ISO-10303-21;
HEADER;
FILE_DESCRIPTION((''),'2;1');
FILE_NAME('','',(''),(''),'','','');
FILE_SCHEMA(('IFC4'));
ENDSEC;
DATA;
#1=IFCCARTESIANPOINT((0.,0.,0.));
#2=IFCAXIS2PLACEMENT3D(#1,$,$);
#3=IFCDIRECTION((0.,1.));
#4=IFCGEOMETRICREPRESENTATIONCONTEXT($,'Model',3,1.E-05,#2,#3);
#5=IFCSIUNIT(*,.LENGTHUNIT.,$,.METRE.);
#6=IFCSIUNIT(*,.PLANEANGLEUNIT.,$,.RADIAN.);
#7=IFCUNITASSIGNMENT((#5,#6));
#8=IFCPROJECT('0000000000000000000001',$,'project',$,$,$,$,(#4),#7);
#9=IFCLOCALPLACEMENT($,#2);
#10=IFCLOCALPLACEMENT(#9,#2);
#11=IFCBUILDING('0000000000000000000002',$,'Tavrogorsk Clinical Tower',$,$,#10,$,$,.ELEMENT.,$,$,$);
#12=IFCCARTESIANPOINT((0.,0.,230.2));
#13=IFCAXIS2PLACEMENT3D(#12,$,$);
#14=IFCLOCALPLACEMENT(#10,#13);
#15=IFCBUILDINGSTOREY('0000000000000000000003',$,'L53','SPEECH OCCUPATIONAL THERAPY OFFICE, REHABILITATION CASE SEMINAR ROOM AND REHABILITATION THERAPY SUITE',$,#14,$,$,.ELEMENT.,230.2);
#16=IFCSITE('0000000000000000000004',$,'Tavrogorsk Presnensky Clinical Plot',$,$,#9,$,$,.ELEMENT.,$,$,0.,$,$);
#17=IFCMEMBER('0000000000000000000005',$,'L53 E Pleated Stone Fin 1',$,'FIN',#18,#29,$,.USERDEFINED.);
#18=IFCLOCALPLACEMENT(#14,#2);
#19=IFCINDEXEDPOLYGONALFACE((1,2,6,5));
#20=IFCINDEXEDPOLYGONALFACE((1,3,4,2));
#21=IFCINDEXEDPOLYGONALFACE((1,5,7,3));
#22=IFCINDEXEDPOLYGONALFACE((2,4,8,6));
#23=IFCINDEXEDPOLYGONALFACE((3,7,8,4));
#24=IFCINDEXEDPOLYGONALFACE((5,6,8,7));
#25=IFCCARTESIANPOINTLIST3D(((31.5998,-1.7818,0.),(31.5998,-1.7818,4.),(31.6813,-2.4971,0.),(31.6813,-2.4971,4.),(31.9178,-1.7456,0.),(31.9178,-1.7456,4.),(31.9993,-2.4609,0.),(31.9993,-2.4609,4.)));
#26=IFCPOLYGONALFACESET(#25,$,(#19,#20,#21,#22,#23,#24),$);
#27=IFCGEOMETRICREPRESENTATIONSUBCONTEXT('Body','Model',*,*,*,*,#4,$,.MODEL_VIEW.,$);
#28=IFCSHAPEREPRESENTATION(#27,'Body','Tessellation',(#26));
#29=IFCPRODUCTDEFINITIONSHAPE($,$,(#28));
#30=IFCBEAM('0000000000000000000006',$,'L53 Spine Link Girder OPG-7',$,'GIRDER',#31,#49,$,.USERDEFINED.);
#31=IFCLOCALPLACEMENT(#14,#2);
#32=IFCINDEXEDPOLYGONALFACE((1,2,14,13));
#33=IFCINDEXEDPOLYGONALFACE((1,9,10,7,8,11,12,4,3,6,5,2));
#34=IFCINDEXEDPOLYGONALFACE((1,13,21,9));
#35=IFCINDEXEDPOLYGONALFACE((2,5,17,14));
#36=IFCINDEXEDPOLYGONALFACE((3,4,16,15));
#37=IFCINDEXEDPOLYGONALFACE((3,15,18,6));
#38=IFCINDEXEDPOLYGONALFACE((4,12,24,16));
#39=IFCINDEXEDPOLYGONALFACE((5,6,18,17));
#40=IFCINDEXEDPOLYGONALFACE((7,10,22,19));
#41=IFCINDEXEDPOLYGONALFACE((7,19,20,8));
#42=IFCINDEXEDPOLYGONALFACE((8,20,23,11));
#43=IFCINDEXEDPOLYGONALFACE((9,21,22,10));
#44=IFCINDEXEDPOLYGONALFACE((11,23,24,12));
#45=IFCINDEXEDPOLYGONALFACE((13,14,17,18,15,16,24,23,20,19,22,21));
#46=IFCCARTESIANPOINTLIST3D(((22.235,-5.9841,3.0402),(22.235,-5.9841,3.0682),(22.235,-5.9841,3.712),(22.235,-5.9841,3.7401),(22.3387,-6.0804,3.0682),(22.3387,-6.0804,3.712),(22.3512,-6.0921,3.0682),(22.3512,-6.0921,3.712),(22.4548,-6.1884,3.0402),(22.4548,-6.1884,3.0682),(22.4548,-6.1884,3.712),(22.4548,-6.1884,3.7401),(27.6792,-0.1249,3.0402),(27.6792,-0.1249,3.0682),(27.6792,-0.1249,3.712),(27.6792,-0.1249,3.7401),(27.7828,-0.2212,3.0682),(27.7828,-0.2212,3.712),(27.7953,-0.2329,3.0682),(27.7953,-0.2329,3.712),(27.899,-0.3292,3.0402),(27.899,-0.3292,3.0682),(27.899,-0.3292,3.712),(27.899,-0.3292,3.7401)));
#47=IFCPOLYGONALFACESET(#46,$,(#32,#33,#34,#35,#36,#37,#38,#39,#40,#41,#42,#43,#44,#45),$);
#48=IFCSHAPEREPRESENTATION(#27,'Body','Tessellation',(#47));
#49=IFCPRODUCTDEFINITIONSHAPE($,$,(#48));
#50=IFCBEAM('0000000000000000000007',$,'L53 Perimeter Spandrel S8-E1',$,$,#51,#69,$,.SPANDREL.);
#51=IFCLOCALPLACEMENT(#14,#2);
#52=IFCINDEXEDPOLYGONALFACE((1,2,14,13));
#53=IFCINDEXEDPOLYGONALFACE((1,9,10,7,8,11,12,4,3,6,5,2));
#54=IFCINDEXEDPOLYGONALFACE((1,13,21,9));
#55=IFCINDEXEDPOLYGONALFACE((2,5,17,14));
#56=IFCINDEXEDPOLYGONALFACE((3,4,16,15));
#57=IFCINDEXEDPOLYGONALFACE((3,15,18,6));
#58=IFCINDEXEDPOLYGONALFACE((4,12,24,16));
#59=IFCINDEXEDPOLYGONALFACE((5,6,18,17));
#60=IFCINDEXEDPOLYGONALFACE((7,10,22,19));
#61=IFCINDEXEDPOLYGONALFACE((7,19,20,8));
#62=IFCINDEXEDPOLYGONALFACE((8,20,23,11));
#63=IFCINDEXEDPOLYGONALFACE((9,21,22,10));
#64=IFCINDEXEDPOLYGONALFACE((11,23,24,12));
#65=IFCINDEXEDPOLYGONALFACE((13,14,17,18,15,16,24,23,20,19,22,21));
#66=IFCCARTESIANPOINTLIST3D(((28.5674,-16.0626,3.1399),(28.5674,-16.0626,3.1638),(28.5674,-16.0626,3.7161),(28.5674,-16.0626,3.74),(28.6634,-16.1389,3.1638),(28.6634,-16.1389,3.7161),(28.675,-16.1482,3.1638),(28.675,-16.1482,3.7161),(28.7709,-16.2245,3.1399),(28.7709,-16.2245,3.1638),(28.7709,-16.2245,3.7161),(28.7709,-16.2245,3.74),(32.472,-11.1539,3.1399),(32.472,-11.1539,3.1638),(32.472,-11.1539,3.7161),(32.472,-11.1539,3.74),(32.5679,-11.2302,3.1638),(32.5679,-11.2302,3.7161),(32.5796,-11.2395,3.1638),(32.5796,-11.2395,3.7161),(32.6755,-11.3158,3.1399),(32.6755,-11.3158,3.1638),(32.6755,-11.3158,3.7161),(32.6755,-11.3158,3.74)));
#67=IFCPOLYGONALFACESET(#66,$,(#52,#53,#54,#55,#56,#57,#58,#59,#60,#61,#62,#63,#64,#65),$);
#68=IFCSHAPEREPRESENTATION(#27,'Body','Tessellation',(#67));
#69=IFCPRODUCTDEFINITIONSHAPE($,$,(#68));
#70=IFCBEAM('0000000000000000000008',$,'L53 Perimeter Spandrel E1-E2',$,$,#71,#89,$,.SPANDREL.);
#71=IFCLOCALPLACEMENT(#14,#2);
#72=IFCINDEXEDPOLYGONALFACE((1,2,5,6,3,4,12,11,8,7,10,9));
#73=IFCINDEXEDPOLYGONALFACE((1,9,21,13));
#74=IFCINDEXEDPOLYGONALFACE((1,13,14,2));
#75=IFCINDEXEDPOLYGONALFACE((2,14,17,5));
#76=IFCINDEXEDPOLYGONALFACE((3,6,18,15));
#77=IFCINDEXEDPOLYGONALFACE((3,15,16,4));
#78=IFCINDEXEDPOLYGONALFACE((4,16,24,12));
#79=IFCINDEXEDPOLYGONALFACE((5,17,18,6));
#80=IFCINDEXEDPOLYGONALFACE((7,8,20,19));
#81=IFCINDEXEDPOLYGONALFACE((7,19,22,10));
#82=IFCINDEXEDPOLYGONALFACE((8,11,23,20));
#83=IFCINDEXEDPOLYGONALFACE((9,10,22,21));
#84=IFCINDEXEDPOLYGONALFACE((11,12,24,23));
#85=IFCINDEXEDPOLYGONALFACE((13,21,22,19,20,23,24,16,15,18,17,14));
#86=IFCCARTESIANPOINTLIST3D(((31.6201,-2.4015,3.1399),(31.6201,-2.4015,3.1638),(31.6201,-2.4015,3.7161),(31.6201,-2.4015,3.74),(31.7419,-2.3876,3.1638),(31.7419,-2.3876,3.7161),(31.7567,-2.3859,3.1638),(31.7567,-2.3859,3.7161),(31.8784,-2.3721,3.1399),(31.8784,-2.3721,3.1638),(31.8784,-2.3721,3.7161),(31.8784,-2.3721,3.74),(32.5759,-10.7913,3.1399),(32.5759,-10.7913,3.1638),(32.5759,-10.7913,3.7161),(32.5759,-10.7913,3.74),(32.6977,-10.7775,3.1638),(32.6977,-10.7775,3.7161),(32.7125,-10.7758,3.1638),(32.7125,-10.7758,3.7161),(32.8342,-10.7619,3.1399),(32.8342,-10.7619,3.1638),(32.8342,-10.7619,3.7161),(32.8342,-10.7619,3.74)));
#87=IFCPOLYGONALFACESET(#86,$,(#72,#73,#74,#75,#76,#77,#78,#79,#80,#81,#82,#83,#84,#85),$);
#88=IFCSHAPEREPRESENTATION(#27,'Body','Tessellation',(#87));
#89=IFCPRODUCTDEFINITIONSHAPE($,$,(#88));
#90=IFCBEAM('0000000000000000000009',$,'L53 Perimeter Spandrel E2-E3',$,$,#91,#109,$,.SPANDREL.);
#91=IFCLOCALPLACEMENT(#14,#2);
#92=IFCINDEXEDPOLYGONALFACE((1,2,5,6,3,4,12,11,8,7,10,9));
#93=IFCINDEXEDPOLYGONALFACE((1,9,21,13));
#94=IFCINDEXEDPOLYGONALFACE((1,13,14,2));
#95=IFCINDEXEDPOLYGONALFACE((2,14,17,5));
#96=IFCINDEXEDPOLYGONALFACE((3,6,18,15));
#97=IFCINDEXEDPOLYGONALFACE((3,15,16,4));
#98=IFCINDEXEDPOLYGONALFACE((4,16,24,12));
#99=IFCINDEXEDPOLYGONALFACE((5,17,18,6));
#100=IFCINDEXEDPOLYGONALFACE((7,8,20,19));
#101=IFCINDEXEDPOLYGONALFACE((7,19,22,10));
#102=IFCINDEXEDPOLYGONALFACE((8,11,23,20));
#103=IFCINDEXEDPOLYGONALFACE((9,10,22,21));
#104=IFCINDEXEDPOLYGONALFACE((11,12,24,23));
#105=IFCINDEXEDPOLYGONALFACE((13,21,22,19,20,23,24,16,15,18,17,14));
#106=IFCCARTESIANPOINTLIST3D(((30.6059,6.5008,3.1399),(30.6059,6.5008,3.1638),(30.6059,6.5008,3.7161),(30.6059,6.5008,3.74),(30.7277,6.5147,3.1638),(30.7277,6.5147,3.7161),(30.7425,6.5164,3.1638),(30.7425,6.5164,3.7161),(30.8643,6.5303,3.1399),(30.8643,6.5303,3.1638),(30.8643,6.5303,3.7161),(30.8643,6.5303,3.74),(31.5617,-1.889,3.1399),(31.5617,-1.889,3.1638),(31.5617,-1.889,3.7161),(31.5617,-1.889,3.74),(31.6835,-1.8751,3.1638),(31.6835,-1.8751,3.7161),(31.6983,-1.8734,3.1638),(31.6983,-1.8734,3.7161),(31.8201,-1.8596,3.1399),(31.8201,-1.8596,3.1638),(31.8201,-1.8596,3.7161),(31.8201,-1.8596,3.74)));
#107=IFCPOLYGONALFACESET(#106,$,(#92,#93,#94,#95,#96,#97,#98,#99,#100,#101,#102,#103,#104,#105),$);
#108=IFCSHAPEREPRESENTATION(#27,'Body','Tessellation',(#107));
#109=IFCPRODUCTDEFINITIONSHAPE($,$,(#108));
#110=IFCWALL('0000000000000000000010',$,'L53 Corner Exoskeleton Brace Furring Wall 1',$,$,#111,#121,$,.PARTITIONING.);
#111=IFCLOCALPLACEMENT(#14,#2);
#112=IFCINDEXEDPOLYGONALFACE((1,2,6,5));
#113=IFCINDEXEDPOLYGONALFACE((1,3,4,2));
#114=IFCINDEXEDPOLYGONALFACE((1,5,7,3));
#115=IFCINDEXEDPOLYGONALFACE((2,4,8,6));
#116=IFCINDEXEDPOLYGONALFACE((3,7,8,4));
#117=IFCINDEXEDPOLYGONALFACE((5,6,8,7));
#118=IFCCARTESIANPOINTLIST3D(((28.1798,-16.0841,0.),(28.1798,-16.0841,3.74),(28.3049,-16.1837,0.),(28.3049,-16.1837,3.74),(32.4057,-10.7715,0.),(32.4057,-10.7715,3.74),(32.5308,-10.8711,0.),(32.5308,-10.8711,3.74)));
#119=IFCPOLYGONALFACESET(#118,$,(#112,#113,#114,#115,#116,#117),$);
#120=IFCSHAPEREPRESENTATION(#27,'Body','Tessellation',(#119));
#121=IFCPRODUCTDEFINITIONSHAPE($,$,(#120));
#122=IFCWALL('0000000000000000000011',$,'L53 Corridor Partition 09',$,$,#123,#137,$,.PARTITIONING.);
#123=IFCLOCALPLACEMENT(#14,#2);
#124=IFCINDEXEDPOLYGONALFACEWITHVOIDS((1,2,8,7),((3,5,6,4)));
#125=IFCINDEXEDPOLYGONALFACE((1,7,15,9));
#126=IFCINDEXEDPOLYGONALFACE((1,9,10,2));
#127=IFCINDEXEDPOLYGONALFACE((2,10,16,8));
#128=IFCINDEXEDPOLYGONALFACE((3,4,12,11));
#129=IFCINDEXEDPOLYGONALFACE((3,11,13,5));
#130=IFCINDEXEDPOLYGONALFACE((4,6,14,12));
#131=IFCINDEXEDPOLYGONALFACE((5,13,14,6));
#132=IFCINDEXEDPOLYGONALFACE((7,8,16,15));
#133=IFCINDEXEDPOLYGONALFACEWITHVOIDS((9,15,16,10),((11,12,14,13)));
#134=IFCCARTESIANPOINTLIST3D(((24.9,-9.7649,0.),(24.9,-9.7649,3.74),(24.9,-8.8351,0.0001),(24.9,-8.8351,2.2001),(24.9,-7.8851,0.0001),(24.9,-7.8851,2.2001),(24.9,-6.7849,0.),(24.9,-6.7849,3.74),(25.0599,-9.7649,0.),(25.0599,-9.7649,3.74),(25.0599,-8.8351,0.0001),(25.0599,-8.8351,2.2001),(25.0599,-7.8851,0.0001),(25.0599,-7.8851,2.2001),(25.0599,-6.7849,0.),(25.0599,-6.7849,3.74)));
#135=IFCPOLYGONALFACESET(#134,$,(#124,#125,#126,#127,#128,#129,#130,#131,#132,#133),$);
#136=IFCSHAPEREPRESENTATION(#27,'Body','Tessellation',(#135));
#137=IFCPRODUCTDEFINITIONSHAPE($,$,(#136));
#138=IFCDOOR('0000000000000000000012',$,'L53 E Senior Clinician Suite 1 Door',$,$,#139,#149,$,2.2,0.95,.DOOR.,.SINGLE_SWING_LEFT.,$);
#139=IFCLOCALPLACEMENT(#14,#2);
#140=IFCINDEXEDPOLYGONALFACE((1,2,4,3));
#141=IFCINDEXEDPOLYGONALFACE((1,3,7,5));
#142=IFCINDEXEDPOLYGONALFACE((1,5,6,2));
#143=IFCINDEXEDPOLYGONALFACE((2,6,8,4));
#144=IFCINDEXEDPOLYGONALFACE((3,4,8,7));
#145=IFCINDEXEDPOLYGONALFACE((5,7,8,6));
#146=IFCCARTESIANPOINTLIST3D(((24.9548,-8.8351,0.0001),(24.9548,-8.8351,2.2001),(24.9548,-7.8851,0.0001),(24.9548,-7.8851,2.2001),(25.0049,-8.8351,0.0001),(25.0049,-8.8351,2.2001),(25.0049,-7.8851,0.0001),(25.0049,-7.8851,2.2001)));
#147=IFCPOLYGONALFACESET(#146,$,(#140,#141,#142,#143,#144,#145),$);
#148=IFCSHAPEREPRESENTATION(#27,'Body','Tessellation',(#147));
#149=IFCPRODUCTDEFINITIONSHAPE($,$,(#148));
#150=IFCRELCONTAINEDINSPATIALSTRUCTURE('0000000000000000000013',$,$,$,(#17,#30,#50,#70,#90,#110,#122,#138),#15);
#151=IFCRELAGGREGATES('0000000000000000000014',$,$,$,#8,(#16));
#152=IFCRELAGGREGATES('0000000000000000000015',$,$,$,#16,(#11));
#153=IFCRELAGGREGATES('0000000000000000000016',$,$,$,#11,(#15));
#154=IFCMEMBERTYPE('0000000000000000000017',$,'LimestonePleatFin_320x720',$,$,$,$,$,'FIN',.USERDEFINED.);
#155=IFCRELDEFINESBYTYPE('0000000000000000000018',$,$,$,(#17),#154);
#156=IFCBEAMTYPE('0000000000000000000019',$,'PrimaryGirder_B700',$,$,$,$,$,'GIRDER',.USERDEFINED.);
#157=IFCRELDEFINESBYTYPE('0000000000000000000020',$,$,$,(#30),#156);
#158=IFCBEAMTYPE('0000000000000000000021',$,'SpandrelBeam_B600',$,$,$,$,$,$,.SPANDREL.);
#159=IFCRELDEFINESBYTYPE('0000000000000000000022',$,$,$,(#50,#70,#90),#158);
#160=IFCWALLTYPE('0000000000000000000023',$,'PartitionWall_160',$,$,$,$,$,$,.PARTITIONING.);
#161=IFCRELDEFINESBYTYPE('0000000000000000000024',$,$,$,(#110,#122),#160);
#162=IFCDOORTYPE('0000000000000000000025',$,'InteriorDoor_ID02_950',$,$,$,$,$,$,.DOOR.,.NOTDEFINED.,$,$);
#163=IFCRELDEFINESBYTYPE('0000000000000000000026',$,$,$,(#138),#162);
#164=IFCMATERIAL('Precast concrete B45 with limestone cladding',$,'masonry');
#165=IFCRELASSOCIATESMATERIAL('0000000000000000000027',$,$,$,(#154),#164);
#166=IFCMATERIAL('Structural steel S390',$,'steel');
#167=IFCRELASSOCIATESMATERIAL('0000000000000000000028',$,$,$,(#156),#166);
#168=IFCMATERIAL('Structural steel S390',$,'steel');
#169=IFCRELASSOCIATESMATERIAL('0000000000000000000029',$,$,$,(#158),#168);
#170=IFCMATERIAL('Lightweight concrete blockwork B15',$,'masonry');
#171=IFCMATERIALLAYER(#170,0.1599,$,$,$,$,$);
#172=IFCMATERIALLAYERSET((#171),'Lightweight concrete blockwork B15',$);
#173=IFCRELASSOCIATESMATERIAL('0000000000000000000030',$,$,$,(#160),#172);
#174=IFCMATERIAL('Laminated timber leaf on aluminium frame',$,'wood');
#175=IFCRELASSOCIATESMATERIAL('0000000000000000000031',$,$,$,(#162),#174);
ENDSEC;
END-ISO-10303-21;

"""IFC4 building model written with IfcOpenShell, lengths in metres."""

from ifc_helpers import new_model, si_unit, direction, frame, frame_2d, origin, origin_2d, place, context, subcontext, project, spatial, rectangle, i_section, extrude, material, layer, layer_set, material_profile, profile_set, type_object, element, fill, save


model = new_model("IFC4")

# Units and contexts
model_context = context("Model", 3, precision=1e-05, world=origin(), true_north=direction((0.0, 1.0)))
body_context = subcontext(model_context, "Body", "Model", "MODEL_VIEW")
ifc_project = project(units=[si_unit("LENGTHUNIT", "METRE"), si_unit("PLANEANGLEUNIT", "RADIAN")], contexts=[model_context])

# Site, building, storey
site_placement = place(None, origin())
site = spatial("IfcSite", under=ifc_project, at=site_placement, Name="Tavrogorsk Presnensky Clinical Plot", CompositionType="ELEMENT", RefElevation=0.0)
building_placement = place(site_placement, origin())
building = spatial("IfcBuilding", under=site, at=building_placement, Name="Tavrogorsk Clinical Tower", CompositionType="ELEMENT")
storey_placement = place(building_placement, frame((0.0, 0.0, 230.2)))
storey = spatial("IfcBuildingStorey", under=building, at=storey_placement, Name="L53", Description="SPEECH OCCUPATIONAL THERAPY OFFICE, REHABILITATION CASE SEMINAR ROOM AND REHABILITATION THERAPY SUITE", CompositionType="ELEMENT", Elevation=230.2)

# Member
ifc_material_1 = material(Name="Precast concrete B45 with limestone cladding", Category="masonry")
ifc_material_profile_1 = material_profile(ifc_material_1, rectangle(XDim=0.3201, YDim=0.72, at=origin_2d()), Name="LIMESTONE-FIN-320x720")
ifc_profile_set_1 = profile_set([ifc_material_profile_1], Name="Precast concrete B45 with limestone cladding")
member_type_1 = type_object("IfcMemberType", Name="LimestonePleatFin_320x720", ElementType="FIN", PredefinedType="USERDEFINED", material=ifc_profile_set_1)
member_1_placement = place(storey_placement, frame((31.7996, -2.1213, 0.0), z_axis=(0.0, 0.0, 1.0), x_axis=(0.993572, 0.113203, 0.0)))
element("IfcMember", 1, at=member_1_placement, inside=storey, type_object=member_type_1, Name="L53 E Pleated Stone Fin 1", ObjectType="FIN", PredefinedType="USERDEFINED", context=body_context, shape_type="SweptSolid", body=[
    extrude(rectangle(XDim=0.3201, YDim=0.72, at=origin_2d()), origin(), (0.0, 0.0, 1.0), 4.0),
])

# Beams
ifc_material_2 = material(Name="Structural steel S390", Category="steel")
ifc_material_profile_2 = material_profile(ifc_material_2, i_section(OverallWidth=0.3, OverallDepth=0.7, WebThickness=0.0171, FlangeThickness=0.0281, at=origin_2d()), Name="B-700x300x17x28")
ifc_profile_set_2 = profile_set([ifc_material_profile_2], Name="Structural steel S390")
beam_type_1 = type_object("IfcBeamType", Name="PrimaryGirder_B700", ElementType="GIRDER", PredefinedType="USERDEFINED", material=ifc_profile_set_2)
beam_1_placement = place(storey_placement, frame((27.7891, -0.2271, 3.3901), z_axis=(-0.680684, -0.732577, 0.0), x_axis=(0.732577, -0.680684, 0.0)))
element("IfcBeam", 2, at=beam_1_placement, inside=storey, type_object=beam_type_1, Name="L53 Spine Link Girder OPG-7", ObjectType="GIRDER", PredefinedType="USERDEFINED", context=body_context, shape_type="SweptSolid", body=[
    extrude(i_section(OverallWidth=0.3, OverallDepth=0.7, WebThickness=0.0171, FlangeThickness=0.0281, at=origin_2d()), origin(), (0.0, 0.0, 1.0), 7.998),
])
ifc_material_3 = material(Name="Structural steel S390", Category="steel")
ifc_material_profile_3 = material_profile(ifc_material_3, i_section(OverallWidth=0.26, OverallDepth=0.6001, WebThickness=0.0149, FlangeThickness=0.0239, at=origin_2d()), Name="B-600x260x15x24")
ifc_profile_set_3 = profile_set([ifc_material_profile_3], Name="Structural steel S390")
beam_type_2 = type_object("IfcBeamType", Name="SpandrelBeam_B600", PredefinedType="SPANDREL", material=ifc_profile_set_3)
beam_2_placement = place(storey_placement, frame((28.6692, -16.1436, 3.4399), z_axis=(0.622514, 0.782609, 0.0), x_axis=(-0.782609, 0.622514, 0.0)))
element("IfcBeam", 3, at=beam_2_placement, inside=storey, type_object=beam_type_2, Name="L53 Perimeter Spandrel S8-E1", PredefinedType="SPANDREL", context=body_context, shape_type="SweptSolid", body=[
    extrude(i_section(OverallWidth=0.26, OverallDepth=0.6001, WebThickness=0.0149, FlangeThickness=0.0239, at=origin_2d()), origin(), (0.0, 0.0, 1.0), 6.2722),
])
for number, where, z_axis, x_axis, name in (
    (4, (32.7051, -10.7766, 3.4399), (-0.113192, 0.993573, 0.0), (-0.993573, -0.113192, 0.0), "L53 Perimeter Spandrel E1-E2"),
    (5, (31.6909, -1.8743, 3.4399), (-0.113192, 0.993573, 0.0), (-0.993573, -0.113192, 0.0), "L53 Perimeter Spandrel E2-E3"),
):
    element("IfcBeam", number, at=place(storey_placement, frame(where, z_axis=z_axis, x_axis=x_axis)), inside=storey, type_object=beam_type_2, Name=name, PredefinedType="SPANDREL", context=body_context, shape_type="SweptSolid", body=[
        extrude(i_section(OverallWidth=0.26, OverallDepth=0.6001, WebThickness=0.0149, FlangeThickness=0.0239, at=origin_2d()), origin(), (0.0, 0.0, 1.0), 8.4441),
    ])

# Wall
ifc_material_4 = material(Name="Lightweight concrete blockwork B15", Category="masonry")
ifc_layer_1 = layer(ifc_material_4, 0.1599)
ifc_layer_set_1 = layer_set([ifc_layer_1], Name="Lightweight concrete blockwork B15")
wall_type_1 = type_object("IfcWallType", Name="PartitionWall_160", PredefinedType="PARTITIONING", material=ifc_layer_set_1)
wall_1_placement = place(storey_placement, frame((28.2424, -16.1338, 0.0), z_axis=(0.0, 0.0, 1.0), x_axis=(0.622522, 0.782603, 0.0)))
element("IfcWall", 6, at=wall_1_placement, inside=storey, type_object=wall_type_1, Name="L53 Corner Exoskeleton Brace Furring Wall 1", PredefinedType="PARTITIONING", context=body_context, shape_type="SweptSolid", body=[
    extrude(rectangle(XDim=6.7883, YDim=0.1599, at=frame_2d((3.394, 0.0))), origin(), (0.0, 0.0, 1.0), 3.74),
])

# Wall, opening, door
wall_2_placement = place(storey_placement, frame((24.98, -6.7849, 0.0), z_axis=(0.0, 0.0, 1.0), x_axis=(0.0, -1.0, 0.0)))
wall_2 = element("IfcWall", 7, at=wall_2_placement, inside=storey, type_object=wall_type_1, Name="L53 Corridor Partition 09", PredefinedType="PARTITIONING", context=body_context, shape_type="SweptSolid", body=[
    extrude(rectangle(XDim=2.98, YDim=0.1599, at=frame_2d((1.49, 0.0))), origin(), (0.0, 0.0, 1.0), 3.74),
])
opening_1_placement = place(wall_2_placement, frame((1.1001, 0.0, 0.0)))
opening_1 = element("IfcOpeningElement", 8, at=opening_1_placement, cuts=wall_2, PredefinedType="OPENING", context=body_context, shape_type="SweptSolid", body=[
    extrude(rectangle(XDim=0.95, YDim=2.2, at=frame_2d((0.4751, 1.1001))), frame((0.0, 0.0898, 0.0), z_axis=(0.0, -1.0, 0.0), x_axis=(1.0, 0.0, 0.0)), (0.0, 0.0, 1.0), 0.1799),
])
ifc_material_5 = material(Name="Laminated timber leaf on aluminium frame", Category="wood")
door_type_1 = type_object("IfcDoorType", Name="InteriorDoor_ID02_950", OperationType="NOTDEFINED", PredefinedType="DOOR", material=ifc_material_5)
door_1_placement = place(opening_1_placement, origin())
door_1 = element("IfcDoor", 9, at=door_1_placement, inside=storey, type_object=door_type_1, Name="L53 E Senior Clinician Suite 1 Door", OperationType="SINGLE_SWING_LEFT", OverallHeight=2.2, OverallWidth=0.95, PredefinedType="DOOR", context=body_context, shape_type="SweptSolid", body=[
    extrude(rectangle(XDim=0.95, YDim=2.2, at=frame_2d((0.4751, 1.1001))), frame((0.0, 0.0249, 0.0), z_axis=(0.0, -1.0, 0.0), x_axis=(1.0, 0.0, 0.0)), (0.0, 0.0, 1.0), 0.05),
])
fill(opening_1, door_1)

save(model, "model.ifc")
